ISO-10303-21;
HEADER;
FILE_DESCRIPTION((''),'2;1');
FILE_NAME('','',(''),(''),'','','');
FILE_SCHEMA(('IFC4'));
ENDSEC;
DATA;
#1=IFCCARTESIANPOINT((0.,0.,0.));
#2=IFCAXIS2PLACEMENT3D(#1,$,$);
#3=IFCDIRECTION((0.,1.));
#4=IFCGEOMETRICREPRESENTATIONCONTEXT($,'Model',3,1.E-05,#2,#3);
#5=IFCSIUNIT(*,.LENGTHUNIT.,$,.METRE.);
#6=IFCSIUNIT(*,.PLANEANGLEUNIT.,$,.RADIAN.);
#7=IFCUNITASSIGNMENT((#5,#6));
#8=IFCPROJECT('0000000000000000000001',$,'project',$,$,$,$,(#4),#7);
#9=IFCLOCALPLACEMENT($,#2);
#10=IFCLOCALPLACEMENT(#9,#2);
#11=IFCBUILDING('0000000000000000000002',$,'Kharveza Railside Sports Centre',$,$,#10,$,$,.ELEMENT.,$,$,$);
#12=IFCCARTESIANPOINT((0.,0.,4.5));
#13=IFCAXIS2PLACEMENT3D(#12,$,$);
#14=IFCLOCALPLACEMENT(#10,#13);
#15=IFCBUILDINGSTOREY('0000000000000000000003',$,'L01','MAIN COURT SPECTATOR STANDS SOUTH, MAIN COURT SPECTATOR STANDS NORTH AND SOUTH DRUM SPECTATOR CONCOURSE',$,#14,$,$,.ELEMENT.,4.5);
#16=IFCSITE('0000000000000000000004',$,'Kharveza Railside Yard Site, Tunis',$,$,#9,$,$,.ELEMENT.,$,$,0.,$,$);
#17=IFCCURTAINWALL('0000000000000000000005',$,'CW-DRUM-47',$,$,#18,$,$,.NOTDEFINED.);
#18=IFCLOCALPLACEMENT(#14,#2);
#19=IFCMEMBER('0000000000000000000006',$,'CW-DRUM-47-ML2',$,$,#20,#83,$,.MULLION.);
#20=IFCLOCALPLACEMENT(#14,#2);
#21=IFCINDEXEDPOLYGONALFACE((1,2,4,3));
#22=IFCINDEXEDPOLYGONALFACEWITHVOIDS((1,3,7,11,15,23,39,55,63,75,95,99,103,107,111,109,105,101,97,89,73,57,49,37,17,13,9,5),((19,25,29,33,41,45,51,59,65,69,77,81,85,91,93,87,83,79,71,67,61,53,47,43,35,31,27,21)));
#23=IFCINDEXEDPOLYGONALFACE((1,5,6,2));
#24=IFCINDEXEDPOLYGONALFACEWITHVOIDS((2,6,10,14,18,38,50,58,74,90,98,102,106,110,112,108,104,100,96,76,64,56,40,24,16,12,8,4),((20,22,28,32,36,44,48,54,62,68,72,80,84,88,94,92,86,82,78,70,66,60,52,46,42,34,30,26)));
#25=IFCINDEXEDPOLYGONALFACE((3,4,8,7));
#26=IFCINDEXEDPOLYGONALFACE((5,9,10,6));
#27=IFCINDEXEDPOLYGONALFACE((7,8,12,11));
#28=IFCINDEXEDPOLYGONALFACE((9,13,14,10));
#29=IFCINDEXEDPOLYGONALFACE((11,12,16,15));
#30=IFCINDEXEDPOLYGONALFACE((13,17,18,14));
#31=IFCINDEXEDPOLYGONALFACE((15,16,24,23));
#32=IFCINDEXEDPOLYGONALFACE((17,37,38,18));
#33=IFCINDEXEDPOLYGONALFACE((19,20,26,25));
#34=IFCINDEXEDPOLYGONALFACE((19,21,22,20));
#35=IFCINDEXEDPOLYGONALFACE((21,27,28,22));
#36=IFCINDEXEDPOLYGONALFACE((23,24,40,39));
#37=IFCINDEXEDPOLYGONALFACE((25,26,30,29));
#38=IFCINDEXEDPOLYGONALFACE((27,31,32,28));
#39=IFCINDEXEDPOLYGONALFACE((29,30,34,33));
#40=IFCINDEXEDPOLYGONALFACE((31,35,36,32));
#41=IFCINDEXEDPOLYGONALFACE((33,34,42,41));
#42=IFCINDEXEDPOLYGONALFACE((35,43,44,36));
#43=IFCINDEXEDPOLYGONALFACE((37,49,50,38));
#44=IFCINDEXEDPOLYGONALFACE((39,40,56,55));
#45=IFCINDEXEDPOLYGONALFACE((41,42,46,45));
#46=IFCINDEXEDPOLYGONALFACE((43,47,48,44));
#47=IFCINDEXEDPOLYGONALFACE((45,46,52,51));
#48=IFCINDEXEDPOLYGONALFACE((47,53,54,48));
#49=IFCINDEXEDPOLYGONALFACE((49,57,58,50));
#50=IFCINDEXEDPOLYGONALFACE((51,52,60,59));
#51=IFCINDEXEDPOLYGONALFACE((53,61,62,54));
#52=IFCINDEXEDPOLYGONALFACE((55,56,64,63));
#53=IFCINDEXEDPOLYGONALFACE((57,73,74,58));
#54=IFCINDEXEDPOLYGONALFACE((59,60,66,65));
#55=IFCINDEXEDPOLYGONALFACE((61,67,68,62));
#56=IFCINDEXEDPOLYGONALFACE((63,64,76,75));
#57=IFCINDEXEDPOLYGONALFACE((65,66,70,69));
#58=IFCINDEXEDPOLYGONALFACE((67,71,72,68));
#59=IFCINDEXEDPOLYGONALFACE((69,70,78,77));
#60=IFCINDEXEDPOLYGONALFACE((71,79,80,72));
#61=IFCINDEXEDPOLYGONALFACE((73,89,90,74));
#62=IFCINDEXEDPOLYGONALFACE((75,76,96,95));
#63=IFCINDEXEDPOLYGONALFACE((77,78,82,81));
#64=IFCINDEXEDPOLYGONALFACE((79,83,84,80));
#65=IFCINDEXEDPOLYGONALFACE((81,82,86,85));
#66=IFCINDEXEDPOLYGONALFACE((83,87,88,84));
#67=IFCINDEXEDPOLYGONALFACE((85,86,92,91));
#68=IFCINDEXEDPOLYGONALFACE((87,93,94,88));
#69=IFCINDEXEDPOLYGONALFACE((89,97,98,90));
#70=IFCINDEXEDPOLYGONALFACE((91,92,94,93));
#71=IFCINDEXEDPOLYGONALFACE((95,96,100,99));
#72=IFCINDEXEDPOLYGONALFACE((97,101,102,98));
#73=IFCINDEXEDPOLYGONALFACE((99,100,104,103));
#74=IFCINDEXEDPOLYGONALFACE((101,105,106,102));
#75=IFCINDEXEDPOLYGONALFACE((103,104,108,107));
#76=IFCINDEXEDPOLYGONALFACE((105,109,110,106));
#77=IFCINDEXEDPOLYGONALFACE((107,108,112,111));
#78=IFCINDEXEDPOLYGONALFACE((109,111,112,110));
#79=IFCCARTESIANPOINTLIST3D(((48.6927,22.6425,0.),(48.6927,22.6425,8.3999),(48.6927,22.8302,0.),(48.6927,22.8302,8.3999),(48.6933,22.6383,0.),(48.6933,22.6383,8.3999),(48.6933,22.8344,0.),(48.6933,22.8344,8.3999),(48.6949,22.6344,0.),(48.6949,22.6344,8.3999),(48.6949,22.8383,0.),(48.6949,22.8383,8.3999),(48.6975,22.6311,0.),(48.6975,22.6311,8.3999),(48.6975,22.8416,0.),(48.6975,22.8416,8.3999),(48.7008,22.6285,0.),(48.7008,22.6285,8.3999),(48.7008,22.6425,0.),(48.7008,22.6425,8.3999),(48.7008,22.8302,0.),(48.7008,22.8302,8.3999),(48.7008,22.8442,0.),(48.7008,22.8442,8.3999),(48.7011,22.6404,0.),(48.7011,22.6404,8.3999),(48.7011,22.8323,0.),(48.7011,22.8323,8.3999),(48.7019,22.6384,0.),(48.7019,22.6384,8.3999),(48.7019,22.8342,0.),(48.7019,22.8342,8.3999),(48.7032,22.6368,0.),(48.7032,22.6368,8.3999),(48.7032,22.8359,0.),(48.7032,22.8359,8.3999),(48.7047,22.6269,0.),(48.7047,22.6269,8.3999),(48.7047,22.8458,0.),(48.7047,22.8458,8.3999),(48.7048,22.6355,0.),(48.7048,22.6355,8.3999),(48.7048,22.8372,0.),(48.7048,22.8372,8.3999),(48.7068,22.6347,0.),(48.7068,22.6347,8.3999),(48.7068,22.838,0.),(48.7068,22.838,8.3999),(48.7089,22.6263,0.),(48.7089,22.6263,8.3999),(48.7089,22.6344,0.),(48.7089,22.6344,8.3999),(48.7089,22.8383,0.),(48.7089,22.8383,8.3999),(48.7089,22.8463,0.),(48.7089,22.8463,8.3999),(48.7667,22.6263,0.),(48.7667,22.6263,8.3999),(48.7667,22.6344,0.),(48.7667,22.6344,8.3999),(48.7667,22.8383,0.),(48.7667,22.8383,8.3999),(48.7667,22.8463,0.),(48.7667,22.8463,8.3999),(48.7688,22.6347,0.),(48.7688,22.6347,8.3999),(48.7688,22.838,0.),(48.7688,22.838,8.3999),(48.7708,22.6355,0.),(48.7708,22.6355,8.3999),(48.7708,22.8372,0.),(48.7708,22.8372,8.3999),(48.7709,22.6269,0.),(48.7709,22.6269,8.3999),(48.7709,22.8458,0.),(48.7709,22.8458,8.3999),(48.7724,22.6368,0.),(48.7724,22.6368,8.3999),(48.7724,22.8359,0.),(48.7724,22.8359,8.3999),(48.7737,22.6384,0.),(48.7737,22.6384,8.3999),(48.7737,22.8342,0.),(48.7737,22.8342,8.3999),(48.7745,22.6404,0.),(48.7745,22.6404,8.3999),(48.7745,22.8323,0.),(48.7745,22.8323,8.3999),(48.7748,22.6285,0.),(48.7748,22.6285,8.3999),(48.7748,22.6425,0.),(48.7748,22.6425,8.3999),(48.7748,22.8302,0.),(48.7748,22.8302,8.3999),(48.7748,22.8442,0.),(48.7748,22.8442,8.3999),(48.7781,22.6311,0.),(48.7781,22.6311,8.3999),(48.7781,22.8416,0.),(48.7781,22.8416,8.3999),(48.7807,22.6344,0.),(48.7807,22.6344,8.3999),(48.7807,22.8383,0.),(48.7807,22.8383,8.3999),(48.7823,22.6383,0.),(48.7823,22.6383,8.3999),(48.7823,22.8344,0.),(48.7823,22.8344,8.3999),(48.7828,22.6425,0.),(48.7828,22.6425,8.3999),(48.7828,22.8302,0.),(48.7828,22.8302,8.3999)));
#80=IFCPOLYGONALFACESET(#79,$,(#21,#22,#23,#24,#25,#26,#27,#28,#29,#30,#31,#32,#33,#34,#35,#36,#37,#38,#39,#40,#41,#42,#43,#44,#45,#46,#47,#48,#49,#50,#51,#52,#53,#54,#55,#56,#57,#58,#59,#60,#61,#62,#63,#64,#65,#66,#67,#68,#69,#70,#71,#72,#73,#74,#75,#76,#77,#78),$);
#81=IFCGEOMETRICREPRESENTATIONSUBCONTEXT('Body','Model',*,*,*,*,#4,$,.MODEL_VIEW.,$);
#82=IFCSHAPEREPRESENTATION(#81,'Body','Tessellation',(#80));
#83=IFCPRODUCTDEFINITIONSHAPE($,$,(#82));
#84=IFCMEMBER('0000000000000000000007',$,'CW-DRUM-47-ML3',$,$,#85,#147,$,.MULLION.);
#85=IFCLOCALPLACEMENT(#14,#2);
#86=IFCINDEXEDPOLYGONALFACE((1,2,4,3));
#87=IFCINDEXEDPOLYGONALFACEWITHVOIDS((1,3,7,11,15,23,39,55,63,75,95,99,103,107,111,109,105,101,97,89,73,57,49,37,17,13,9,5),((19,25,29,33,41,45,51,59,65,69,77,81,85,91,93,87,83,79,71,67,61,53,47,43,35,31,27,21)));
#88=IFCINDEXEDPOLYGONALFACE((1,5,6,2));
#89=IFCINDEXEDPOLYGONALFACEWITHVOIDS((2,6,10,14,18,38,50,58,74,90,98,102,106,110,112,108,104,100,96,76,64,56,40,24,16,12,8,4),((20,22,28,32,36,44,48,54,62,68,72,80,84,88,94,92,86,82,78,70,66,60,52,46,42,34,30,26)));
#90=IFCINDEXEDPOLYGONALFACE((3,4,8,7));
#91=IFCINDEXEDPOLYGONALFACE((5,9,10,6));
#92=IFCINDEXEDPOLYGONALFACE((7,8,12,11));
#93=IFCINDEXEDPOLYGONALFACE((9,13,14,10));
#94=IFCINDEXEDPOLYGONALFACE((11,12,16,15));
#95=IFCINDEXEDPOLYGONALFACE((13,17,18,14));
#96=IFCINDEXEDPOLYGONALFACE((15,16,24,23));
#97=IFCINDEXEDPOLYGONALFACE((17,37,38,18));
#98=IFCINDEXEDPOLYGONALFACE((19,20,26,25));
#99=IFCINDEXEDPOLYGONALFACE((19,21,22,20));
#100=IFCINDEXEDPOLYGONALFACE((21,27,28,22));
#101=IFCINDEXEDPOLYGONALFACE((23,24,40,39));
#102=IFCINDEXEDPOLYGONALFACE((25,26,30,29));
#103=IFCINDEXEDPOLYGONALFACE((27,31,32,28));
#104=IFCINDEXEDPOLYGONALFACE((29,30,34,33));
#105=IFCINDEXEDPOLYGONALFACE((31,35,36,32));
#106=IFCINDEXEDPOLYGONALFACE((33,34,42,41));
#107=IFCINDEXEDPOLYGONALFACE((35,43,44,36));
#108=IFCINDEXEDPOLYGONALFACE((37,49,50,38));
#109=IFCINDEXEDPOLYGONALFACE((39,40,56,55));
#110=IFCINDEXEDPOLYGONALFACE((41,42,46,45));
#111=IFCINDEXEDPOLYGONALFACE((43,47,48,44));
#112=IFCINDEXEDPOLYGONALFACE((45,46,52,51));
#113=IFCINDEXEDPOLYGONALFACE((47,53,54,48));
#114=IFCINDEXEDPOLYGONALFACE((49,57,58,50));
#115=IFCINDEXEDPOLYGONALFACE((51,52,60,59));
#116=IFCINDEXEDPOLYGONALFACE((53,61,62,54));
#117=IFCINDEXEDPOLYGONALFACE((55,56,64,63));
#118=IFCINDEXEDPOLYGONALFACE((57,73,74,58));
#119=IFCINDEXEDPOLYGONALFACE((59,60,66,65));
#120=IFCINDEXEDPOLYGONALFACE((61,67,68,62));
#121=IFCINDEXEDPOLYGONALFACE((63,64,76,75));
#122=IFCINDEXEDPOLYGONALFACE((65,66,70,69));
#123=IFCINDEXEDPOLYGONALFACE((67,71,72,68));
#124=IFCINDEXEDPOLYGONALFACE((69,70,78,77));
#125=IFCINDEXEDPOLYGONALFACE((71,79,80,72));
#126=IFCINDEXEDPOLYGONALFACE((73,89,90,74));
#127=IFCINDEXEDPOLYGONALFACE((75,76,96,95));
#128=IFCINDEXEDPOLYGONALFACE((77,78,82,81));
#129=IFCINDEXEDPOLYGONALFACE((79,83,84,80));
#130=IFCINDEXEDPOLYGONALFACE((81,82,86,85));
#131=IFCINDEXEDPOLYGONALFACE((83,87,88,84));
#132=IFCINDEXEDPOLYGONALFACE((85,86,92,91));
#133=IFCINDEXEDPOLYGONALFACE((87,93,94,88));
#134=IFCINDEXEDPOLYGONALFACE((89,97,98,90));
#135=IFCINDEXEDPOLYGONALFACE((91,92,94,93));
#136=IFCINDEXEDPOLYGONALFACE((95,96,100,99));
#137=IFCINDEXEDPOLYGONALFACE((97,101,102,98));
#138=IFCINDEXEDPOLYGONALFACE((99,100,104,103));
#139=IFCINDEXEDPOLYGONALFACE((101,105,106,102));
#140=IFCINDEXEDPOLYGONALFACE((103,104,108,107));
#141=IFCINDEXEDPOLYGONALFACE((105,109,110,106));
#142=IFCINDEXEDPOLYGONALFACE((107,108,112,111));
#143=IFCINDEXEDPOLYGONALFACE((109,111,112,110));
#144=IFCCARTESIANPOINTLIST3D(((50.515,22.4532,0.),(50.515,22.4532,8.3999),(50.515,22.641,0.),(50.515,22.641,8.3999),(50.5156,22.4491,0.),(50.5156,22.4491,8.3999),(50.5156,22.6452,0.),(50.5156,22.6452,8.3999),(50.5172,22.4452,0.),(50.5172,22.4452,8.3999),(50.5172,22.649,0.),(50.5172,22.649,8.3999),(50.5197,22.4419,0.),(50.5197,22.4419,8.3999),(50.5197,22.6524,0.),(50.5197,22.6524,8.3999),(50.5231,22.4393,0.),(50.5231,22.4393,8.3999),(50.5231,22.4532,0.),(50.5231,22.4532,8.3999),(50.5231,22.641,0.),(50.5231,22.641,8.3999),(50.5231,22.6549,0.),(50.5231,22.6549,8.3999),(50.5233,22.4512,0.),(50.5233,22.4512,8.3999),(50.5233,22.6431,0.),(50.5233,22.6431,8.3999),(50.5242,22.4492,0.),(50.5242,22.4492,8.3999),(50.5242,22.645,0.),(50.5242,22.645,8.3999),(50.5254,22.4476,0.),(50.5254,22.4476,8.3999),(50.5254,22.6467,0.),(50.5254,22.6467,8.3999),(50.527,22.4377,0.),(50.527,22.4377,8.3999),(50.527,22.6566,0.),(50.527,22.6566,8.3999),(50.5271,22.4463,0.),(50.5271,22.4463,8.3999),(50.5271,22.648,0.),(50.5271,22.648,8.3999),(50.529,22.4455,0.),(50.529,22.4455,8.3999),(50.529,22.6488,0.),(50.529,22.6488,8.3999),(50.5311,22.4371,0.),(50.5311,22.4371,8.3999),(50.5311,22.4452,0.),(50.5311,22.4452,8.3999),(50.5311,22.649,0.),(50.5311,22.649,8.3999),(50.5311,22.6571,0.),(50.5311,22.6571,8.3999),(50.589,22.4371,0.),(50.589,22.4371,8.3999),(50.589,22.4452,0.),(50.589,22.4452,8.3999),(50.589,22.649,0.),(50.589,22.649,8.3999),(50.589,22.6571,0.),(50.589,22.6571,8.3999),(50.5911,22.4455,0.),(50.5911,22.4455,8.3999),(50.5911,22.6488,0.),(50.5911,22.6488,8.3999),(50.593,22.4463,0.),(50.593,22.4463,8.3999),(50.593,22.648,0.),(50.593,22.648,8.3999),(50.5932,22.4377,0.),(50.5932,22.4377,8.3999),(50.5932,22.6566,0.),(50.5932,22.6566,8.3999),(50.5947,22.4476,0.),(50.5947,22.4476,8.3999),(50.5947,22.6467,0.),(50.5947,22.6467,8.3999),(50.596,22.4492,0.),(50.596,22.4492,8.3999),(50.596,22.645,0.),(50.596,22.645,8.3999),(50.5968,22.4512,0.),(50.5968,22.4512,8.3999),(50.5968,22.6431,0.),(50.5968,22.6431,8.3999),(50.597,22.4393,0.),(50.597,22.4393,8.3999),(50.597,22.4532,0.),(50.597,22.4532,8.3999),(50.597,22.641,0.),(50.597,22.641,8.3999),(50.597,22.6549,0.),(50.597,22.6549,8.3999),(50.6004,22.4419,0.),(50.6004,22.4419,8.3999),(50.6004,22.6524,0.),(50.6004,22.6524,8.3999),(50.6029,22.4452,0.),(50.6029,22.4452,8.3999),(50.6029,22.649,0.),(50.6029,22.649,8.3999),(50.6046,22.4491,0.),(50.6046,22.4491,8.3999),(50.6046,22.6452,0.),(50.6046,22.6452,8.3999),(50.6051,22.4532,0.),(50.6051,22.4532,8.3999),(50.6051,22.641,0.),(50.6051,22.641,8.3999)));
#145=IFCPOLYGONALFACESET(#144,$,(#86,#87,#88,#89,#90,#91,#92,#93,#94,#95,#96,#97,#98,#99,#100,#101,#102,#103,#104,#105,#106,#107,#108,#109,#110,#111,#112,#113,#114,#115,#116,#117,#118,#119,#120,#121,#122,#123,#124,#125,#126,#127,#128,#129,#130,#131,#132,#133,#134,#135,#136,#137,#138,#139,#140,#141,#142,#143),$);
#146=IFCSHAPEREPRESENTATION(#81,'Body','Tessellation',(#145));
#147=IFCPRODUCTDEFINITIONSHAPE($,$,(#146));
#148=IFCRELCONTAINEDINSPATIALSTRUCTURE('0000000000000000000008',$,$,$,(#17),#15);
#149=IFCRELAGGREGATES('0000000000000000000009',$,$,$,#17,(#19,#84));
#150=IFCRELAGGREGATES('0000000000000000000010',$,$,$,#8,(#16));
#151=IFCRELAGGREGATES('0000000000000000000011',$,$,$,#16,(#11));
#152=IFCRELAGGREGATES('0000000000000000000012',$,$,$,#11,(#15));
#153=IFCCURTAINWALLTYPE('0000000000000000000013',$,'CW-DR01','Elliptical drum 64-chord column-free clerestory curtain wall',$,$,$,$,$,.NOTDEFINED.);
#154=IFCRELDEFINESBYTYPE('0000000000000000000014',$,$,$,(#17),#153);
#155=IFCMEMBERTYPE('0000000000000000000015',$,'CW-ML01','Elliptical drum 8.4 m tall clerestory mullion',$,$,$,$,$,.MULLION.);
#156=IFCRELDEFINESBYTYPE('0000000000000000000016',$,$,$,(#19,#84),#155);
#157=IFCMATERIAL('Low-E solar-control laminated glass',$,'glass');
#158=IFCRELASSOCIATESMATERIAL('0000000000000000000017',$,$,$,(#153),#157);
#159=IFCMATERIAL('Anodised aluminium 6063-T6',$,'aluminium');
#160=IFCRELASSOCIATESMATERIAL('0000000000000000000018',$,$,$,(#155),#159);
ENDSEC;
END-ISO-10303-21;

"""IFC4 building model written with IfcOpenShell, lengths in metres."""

from ifc_helpers import new_model, si_unit, direction, frame, origin, origin_2d, place, context, subcontext, project, spatial, hollow_rectangle, extrude, material, material_profile, profile_set, type_object, element, aggregate, save


model = new_model("IFC4")

# Units and contexts
model_context = context("Model", 3, precision=1e-05, world=origin(), true_north=direction((0.0, 1.0)))
body_context = subcontext(model_context, "Body", "Model", "MODEL_VIEW")
ifc_project = project(units=[si_unit("LENGTHUNIT", "METRE"), si_unit("PLANEANGLEUNIT", "RADIAN")], contexts=[model_context])

# Site, building, storey
site_placement = place(None, origin())
site = spatial("IfcSite", under=ifc_project, at=site_placement, Name="Kharveza Railside Yard Site, Tunis", CompositionType="ELEMENT", RefElevation=0.0)
building_placement = place(site_placement, origin())
building = spatial("IfcBuilding", under=site, at=building_placement, Name="Kharveza Railside Sports Centre", CompositionType="ELEMENT")
storey_placement = place(building_placement, frame((0.0, 0.0, 4.5)))
storey = spatial("IfcBuildingStorey", under=building, at=storey_placement, Name="L01", Description="MAIN COURT SPECTATOR STANDS SOUTH, MAIN COURT SPECTATOR STANDS NORTH AND SOUTH DRUM SPECTATOR CONCOURSE", CompositionType="ELEMENT", Elevation=4.5)

# Shared definitions
ifc_material_1 = material(Name="Low-E solar-control laminated glass", Category="glass")
curtain_wall_type = type_object("IfcCurtainWallType", Name="CW-DR01", Description="Elliptical drum 64-chord column-free clerestory curtain wall", PredefinedType="NOTDEFINED", material=ifc_material_1)
ifc_material_2 = material(Name="Anodised aluminium 6063-T6", Category="aluminium")
ifc_material_profile_1 = material_profile(ifc_material_2, hollow_rectangle(XDim=0.0901, YDim=0.22, WallThickness=0.0081, InnerFilletRadius=0.0081, OuterFilletRadius=0.0161, at=origin_2d()), Name="RHS 90x220x8.0")
ifc_profile_set_1 = profile_set([ifc_material_profile_1], Name="Anodised aluminium 6063-T6")
member_type_1 = type_object("IfcMemberType", Name="CW-ML01", Description="Elliptical drum 8.4 m tall clerestory mullion", PredefinedType="MULLION", material=ifc_profile_set_1)

# Curtain wall, members
curtain_wall_1_placement = place(storey_placement, origin())
curtain_wall_1 = element("IfcCurtainWall", 1, at=curtain_wall_1_placement, inside=storey, type_object=curtain_wall_type, Name="CW-DRUM-47", PredefinedType="NOTDEFINED")
member_1_placement = place(storey_placement, frame((48.7378, 22.7363, 0.0), z_axis=(0.0, 0.0, 1.0), x_axis=(1.0, 0.0, 0.0)))
member_1 = element("IfcMember", 2, at=member_1_placement, type_object=member_type_1, Name="CW-DRUM-47-ML2", PredefinedType="MULLION", context=body_context, shape_type="SweptSolid", body=[
    extrude(hollow_rectangle(XDim=0.0901, YDim=0.22, WallThickness=0.0081, InnerFilletRadius=0.0081, OuterFilletRadius=0.0161, at=origin_2d()), origin(), (0.0, 0.0, 1.0), 8.3999),
])
member_2_placement = place(storey_placement, frame((50.5601, 22.5471, 0.0), z_axis=(0.0, 0.0, 1.0), x_axis=(1.0, 0.0, 0.0)))
member_2 = element("IfcMember", 3, at=member_2_placement, type_object=member_type_1, Name="CW-DRUM-47-ML3", PredefinedType="MULLION", context=body_context, shape_type="SweptSolid", body=[
    extrude(hollow_rectangle(XDim=0.0901, YDim=0.22, WallThickness=0.0081, InnerFilletRadius=0.0081, OuterFilletRadius=0.0161, at=origin_2d()), origin(), (0.0, 0.0, 1.0), 8.3999),
])

aggregate(curtain_wall_1, [member_1, member_2])

save(model, "model.ifc")
